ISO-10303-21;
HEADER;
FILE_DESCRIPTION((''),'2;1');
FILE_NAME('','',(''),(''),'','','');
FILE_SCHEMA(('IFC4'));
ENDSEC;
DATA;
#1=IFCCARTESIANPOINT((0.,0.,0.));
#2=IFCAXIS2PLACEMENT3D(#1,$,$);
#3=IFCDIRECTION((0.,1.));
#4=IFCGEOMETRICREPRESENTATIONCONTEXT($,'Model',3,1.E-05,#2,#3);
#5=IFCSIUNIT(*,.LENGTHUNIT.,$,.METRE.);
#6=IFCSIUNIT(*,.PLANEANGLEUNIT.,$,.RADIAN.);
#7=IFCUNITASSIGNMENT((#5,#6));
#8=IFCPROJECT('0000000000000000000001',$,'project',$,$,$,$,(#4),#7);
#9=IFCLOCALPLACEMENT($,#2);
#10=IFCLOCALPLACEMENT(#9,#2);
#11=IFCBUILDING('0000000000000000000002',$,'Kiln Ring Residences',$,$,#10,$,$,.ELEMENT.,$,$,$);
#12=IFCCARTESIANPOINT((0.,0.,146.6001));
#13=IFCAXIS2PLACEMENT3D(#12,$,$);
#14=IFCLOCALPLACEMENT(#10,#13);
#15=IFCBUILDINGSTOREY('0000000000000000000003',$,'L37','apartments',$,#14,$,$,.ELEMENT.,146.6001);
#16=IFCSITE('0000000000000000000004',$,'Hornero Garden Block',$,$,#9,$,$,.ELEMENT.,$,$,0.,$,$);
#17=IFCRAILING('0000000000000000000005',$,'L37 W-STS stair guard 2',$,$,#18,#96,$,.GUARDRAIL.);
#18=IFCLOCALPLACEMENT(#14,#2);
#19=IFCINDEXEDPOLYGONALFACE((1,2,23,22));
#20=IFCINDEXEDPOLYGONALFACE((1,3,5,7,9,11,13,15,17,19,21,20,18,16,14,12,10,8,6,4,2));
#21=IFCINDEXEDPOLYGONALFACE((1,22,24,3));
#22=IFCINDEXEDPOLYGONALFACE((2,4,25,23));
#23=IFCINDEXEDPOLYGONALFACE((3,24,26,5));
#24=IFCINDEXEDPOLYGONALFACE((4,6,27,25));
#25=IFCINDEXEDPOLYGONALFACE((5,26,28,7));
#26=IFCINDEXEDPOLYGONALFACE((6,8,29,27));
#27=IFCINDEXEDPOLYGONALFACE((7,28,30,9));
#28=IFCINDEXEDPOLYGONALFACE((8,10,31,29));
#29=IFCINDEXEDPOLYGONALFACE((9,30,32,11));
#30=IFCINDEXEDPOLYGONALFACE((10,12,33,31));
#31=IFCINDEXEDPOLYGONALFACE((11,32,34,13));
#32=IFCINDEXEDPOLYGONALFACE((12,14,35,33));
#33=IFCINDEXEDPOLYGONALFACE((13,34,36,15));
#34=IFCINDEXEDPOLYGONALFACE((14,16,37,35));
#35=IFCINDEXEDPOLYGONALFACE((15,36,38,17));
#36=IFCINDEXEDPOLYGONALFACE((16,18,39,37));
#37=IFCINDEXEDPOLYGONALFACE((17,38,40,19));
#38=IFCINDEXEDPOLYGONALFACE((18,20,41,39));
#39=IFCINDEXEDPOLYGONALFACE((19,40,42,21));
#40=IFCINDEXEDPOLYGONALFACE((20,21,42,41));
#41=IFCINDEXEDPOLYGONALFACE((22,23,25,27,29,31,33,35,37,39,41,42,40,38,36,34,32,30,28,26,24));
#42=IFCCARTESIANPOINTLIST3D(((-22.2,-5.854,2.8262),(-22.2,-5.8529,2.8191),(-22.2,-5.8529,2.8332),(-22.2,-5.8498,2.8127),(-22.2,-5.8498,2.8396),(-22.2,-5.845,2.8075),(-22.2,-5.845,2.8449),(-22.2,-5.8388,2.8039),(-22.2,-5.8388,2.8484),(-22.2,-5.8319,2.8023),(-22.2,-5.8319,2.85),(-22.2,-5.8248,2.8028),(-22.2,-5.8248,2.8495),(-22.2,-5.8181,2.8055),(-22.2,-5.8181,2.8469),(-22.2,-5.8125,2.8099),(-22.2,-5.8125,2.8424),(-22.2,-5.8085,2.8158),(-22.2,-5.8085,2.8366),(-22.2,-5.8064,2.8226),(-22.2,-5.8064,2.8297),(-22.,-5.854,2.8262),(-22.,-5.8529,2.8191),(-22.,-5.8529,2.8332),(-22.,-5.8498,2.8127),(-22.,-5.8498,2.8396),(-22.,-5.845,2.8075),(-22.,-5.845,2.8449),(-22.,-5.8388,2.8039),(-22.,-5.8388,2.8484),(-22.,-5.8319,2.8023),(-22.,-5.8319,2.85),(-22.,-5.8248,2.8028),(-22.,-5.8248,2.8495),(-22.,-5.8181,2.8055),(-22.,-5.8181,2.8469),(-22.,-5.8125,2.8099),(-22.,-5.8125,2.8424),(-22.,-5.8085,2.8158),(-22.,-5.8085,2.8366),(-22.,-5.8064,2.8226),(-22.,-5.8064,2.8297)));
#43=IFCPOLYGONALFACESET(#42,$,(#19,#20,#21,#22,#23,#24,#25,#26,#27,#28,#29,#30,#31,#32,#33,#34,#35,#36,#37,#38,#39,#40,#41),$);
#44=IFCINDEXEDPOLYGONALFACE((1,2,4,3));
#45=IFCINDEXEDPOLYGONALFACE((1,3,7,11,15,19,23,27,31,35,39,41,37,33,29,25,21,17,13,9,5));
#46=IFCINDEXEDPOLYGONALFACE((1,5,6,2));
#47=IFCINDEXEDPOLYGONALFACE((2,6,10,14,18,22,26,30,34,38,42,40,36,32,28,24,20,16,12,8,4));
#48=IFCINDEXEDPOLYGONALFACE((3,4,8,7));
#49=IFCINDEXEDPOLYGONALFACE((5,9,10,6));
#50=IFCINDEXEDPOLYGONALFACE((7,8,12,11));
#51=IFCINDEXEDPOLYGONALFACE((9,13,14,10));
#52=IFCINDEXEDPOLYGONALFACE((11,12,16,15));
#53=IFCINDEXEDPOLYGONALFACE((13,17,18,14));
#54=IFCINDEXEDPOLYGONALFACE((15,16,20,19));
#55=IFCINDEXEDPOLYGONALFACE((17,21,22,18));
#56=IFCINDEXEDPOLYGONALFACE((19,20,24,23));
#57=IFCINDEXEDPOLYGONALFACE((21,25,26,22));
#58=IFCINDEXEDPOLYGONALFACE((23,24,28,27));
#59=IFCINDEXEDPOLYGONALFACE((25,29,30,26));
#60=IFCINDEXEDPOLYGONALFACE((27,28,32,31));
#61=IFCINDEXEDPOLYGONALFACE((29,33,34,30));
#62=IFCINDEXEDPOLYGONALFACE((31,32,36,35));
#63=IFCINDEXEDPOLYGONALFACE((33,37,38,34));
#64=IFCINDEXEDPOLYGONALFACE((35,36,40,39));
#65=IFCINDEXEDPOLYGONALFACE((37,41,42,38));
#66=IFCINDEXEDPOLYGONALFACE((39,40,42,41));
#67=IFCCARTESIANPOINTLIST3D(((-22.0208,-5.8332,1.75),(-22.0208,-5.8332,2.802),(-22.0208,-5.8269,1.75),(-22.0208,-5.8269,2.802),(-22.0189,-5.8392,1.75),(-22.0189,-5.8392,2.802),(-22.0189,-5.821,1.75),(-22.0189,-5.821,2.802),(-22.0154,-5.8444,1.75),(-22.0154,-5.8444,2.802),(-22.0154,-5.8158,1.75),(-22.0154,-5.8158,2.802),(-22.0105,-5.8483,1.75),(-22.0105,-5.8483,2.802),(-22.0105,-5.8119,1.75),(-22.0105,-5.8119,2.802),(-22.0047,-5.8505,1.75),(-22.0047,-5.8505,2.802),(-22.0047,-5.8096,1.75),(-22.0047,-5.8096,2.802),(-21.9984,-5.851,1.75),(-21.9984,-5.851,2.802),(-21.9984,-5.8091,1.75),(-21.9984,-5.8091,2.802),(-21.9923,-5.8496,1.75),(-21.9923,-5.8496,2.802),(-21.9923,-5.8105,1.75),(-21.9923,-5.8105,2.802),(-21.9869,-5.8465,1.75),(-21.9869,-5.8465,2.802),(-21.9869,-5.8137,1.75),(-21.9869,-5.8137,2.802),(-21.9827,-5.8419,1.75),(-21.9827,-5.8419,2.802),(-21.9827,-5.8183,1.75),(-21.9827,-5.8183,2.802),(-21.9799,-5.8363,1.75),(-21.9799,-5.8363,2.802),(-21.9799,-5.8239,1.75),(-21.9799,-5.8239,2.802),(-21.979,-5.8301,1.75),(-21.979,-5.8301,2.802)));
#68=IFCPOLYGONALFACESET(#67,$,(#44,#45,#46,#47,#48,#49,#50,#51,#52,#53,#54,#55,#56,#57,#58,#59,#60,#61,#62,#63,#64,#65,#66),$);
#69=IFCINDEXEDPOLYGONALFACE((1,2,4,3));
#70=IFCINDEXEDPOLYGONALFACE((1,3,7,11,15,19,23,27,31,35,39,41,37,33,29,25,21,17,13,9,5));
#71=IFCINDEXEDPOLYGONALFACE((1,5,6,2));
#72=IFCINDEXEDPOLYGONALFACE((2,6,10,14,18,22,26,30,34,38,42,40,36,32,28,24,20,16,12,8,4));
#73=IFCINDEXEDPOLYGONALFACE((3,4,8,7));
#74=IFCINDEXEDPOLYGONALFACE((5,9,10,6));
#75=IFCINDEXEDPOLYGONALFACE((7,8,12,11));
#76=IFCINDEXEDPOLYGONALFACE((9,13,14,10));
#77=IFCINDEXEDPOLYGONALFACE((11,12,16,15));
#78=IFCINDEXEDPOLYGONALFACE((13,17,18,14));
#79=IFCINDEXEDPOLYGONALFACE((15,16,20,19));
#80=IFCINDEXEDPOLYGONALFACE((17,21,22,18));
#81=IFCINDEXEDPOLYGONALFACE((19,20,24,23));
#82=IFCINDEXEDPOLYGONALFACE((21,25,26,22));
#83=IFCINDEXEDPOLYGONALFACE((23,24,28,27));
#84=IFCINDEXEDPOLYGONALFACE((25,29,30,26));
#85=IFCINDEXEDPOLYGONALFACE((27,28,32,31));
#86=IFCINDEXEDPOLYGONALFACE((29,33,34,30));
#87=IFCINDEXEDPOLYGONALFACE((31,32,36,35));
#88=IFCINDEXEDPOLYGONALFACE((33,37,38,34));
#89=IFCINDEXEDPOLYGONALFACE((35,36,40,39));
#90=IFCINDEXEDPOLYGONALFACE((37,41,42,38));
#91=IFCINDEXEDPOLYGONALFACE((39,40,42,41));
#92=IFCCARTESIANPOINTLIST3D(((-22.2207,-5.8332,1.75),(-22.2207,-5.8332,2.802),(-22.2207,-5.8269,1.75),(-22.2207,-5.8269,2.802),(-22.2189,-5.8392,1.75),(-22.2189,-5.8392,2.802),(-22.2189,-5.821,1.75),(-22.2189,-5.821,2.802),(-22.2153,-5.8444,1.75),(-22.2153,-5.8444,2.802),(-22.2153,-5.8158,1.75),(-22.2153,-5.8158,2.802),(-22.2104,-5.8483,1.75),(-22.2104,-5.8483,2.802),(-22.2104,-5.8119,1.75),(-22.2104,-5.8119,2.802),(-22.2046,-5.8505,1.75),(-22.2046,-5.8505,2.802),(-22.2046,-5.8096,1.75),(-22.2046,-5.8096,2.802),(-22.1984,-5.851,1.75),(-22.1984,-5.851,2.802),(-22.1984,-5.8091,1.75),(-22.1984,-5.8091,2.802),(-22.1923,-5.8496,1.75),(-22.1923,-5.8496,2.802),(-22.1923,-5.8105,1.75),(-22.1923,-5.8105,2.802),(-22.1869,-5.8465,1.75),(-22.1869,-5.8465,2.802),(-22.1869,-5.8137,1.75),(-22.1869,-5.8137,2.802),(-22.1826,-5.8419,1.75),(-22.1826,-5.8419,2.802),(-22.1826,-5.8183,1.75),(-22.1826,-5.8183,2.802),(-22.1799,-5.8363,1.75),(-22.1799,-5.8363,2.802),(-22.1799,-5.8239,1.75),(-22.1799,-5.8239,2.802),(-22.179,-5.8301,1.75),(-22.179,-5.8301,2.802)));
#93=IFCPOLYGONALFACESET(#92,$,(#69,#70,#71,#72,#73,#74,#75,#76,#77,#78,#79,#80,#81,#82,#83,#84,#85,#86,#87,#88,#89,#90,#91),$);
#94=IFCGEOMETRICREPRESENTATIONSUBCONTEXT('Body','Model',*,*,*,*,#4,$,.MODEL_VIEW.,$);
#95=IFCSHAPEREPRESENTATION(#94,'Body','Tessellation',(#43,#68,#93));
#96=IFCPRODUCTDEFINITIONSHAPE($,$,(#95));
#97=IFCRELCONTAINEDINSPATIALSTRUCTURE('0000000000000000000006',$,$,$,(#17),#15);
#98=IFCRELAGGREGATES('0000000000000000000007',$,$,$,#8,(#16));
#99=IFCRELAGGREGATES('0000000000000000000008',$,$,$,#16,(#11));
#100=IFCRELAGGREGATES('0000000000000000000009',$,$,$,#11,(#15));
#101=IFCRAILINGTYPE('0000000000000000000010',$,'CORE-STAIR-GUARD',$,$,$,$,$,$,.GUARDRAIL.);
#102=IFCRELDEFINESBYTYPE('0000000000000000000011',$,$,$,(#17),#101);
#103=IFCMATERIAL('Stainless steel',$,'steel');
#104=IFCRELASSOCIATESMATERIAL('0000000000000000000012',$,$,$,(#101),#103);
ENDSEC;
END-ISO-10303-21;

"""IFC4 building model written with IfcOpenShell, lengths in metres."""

from ifc_helpers import new_model, si_unit, direction, frame, origin, origin_2d, place, context, subcontext, project, spatial, circle, extrude, material, type_object, element, save


model = new_model("IFC4")

# Units and contexts
model_context = context("Model", 3, precision=1e-05, world=origin(), true_north=direction((0.0, 1.0)))
body_context = subcontext(model_context, "Body", "Model", "MODEL_VIEW")
ifc_project = project(units=[si_unit("LENGTHUNIT", "METRE"), si_unit("PLANEANGLEUNIT", "RADIAN")], contexts=[model_context])

# Site, building, storey
site_placement = place(None, origin())
site = spatial("IfcSite", under=ifc_project, at=site_placement, Name="Hornero Garden Block", CompositionType="ELEMENT", RefElevation=0.0)
building_placement = place(site_placement, origin())
building = spatial("IfcBuilding", under=site, at=building_placement, Name="Kiln Ring Residences", CompositionType="ELEMENT")
storey_placement = place(building_placement, frame((0.0, 0.0, 146.6001)))
storey = spatial("IfcBuildingStorey", under=building, at=storey_placement, Name="L37", Description="apartments", CompositionType="ELEMENT", Elevation=146.6001)

# Railing
ifc_material_1 = material(Name="Stainless steel", Category="steel")
railing_type_1 = type_object("IfcRailingType", Name="CORE-STAIR-GUARD", PredefinedType="GUARDRAIL", material=ifc_material_1)
railing_1_placement = place(storey_placement, frame((-22.0, -5.8301, 1.75)))
element("IfcRailing", 1, at=railing_1_placement, inside=storey, type_object=railing_type_1, Name="L37 W-STS stair guard 2", PredefinedType="GUARDRAIL", context=body_context, shape_type="SweptSolid", body=[
    extrude(circle(Radius=0.0239, at=origin_2d()), frame((0.0, 0.0, 1.0762), z_axis=(-1.0, 0.0, 0.0), x_axis=(0.0, -1.0, 0.0)), (0.0, 0.0, 1.0), 0.2),
    extrude(circle(Radius=0.021, at=origin_2d()), origin(), (0.0, 0.0, 1.0), 1.052),
    extrude(circle(Radius=0.021, at=origin_2d()), frame((-0.2, 0.0, 0.0)), (0.0, 0.0, 1.0), 1.052),
])

save(model, "model.ifc")
